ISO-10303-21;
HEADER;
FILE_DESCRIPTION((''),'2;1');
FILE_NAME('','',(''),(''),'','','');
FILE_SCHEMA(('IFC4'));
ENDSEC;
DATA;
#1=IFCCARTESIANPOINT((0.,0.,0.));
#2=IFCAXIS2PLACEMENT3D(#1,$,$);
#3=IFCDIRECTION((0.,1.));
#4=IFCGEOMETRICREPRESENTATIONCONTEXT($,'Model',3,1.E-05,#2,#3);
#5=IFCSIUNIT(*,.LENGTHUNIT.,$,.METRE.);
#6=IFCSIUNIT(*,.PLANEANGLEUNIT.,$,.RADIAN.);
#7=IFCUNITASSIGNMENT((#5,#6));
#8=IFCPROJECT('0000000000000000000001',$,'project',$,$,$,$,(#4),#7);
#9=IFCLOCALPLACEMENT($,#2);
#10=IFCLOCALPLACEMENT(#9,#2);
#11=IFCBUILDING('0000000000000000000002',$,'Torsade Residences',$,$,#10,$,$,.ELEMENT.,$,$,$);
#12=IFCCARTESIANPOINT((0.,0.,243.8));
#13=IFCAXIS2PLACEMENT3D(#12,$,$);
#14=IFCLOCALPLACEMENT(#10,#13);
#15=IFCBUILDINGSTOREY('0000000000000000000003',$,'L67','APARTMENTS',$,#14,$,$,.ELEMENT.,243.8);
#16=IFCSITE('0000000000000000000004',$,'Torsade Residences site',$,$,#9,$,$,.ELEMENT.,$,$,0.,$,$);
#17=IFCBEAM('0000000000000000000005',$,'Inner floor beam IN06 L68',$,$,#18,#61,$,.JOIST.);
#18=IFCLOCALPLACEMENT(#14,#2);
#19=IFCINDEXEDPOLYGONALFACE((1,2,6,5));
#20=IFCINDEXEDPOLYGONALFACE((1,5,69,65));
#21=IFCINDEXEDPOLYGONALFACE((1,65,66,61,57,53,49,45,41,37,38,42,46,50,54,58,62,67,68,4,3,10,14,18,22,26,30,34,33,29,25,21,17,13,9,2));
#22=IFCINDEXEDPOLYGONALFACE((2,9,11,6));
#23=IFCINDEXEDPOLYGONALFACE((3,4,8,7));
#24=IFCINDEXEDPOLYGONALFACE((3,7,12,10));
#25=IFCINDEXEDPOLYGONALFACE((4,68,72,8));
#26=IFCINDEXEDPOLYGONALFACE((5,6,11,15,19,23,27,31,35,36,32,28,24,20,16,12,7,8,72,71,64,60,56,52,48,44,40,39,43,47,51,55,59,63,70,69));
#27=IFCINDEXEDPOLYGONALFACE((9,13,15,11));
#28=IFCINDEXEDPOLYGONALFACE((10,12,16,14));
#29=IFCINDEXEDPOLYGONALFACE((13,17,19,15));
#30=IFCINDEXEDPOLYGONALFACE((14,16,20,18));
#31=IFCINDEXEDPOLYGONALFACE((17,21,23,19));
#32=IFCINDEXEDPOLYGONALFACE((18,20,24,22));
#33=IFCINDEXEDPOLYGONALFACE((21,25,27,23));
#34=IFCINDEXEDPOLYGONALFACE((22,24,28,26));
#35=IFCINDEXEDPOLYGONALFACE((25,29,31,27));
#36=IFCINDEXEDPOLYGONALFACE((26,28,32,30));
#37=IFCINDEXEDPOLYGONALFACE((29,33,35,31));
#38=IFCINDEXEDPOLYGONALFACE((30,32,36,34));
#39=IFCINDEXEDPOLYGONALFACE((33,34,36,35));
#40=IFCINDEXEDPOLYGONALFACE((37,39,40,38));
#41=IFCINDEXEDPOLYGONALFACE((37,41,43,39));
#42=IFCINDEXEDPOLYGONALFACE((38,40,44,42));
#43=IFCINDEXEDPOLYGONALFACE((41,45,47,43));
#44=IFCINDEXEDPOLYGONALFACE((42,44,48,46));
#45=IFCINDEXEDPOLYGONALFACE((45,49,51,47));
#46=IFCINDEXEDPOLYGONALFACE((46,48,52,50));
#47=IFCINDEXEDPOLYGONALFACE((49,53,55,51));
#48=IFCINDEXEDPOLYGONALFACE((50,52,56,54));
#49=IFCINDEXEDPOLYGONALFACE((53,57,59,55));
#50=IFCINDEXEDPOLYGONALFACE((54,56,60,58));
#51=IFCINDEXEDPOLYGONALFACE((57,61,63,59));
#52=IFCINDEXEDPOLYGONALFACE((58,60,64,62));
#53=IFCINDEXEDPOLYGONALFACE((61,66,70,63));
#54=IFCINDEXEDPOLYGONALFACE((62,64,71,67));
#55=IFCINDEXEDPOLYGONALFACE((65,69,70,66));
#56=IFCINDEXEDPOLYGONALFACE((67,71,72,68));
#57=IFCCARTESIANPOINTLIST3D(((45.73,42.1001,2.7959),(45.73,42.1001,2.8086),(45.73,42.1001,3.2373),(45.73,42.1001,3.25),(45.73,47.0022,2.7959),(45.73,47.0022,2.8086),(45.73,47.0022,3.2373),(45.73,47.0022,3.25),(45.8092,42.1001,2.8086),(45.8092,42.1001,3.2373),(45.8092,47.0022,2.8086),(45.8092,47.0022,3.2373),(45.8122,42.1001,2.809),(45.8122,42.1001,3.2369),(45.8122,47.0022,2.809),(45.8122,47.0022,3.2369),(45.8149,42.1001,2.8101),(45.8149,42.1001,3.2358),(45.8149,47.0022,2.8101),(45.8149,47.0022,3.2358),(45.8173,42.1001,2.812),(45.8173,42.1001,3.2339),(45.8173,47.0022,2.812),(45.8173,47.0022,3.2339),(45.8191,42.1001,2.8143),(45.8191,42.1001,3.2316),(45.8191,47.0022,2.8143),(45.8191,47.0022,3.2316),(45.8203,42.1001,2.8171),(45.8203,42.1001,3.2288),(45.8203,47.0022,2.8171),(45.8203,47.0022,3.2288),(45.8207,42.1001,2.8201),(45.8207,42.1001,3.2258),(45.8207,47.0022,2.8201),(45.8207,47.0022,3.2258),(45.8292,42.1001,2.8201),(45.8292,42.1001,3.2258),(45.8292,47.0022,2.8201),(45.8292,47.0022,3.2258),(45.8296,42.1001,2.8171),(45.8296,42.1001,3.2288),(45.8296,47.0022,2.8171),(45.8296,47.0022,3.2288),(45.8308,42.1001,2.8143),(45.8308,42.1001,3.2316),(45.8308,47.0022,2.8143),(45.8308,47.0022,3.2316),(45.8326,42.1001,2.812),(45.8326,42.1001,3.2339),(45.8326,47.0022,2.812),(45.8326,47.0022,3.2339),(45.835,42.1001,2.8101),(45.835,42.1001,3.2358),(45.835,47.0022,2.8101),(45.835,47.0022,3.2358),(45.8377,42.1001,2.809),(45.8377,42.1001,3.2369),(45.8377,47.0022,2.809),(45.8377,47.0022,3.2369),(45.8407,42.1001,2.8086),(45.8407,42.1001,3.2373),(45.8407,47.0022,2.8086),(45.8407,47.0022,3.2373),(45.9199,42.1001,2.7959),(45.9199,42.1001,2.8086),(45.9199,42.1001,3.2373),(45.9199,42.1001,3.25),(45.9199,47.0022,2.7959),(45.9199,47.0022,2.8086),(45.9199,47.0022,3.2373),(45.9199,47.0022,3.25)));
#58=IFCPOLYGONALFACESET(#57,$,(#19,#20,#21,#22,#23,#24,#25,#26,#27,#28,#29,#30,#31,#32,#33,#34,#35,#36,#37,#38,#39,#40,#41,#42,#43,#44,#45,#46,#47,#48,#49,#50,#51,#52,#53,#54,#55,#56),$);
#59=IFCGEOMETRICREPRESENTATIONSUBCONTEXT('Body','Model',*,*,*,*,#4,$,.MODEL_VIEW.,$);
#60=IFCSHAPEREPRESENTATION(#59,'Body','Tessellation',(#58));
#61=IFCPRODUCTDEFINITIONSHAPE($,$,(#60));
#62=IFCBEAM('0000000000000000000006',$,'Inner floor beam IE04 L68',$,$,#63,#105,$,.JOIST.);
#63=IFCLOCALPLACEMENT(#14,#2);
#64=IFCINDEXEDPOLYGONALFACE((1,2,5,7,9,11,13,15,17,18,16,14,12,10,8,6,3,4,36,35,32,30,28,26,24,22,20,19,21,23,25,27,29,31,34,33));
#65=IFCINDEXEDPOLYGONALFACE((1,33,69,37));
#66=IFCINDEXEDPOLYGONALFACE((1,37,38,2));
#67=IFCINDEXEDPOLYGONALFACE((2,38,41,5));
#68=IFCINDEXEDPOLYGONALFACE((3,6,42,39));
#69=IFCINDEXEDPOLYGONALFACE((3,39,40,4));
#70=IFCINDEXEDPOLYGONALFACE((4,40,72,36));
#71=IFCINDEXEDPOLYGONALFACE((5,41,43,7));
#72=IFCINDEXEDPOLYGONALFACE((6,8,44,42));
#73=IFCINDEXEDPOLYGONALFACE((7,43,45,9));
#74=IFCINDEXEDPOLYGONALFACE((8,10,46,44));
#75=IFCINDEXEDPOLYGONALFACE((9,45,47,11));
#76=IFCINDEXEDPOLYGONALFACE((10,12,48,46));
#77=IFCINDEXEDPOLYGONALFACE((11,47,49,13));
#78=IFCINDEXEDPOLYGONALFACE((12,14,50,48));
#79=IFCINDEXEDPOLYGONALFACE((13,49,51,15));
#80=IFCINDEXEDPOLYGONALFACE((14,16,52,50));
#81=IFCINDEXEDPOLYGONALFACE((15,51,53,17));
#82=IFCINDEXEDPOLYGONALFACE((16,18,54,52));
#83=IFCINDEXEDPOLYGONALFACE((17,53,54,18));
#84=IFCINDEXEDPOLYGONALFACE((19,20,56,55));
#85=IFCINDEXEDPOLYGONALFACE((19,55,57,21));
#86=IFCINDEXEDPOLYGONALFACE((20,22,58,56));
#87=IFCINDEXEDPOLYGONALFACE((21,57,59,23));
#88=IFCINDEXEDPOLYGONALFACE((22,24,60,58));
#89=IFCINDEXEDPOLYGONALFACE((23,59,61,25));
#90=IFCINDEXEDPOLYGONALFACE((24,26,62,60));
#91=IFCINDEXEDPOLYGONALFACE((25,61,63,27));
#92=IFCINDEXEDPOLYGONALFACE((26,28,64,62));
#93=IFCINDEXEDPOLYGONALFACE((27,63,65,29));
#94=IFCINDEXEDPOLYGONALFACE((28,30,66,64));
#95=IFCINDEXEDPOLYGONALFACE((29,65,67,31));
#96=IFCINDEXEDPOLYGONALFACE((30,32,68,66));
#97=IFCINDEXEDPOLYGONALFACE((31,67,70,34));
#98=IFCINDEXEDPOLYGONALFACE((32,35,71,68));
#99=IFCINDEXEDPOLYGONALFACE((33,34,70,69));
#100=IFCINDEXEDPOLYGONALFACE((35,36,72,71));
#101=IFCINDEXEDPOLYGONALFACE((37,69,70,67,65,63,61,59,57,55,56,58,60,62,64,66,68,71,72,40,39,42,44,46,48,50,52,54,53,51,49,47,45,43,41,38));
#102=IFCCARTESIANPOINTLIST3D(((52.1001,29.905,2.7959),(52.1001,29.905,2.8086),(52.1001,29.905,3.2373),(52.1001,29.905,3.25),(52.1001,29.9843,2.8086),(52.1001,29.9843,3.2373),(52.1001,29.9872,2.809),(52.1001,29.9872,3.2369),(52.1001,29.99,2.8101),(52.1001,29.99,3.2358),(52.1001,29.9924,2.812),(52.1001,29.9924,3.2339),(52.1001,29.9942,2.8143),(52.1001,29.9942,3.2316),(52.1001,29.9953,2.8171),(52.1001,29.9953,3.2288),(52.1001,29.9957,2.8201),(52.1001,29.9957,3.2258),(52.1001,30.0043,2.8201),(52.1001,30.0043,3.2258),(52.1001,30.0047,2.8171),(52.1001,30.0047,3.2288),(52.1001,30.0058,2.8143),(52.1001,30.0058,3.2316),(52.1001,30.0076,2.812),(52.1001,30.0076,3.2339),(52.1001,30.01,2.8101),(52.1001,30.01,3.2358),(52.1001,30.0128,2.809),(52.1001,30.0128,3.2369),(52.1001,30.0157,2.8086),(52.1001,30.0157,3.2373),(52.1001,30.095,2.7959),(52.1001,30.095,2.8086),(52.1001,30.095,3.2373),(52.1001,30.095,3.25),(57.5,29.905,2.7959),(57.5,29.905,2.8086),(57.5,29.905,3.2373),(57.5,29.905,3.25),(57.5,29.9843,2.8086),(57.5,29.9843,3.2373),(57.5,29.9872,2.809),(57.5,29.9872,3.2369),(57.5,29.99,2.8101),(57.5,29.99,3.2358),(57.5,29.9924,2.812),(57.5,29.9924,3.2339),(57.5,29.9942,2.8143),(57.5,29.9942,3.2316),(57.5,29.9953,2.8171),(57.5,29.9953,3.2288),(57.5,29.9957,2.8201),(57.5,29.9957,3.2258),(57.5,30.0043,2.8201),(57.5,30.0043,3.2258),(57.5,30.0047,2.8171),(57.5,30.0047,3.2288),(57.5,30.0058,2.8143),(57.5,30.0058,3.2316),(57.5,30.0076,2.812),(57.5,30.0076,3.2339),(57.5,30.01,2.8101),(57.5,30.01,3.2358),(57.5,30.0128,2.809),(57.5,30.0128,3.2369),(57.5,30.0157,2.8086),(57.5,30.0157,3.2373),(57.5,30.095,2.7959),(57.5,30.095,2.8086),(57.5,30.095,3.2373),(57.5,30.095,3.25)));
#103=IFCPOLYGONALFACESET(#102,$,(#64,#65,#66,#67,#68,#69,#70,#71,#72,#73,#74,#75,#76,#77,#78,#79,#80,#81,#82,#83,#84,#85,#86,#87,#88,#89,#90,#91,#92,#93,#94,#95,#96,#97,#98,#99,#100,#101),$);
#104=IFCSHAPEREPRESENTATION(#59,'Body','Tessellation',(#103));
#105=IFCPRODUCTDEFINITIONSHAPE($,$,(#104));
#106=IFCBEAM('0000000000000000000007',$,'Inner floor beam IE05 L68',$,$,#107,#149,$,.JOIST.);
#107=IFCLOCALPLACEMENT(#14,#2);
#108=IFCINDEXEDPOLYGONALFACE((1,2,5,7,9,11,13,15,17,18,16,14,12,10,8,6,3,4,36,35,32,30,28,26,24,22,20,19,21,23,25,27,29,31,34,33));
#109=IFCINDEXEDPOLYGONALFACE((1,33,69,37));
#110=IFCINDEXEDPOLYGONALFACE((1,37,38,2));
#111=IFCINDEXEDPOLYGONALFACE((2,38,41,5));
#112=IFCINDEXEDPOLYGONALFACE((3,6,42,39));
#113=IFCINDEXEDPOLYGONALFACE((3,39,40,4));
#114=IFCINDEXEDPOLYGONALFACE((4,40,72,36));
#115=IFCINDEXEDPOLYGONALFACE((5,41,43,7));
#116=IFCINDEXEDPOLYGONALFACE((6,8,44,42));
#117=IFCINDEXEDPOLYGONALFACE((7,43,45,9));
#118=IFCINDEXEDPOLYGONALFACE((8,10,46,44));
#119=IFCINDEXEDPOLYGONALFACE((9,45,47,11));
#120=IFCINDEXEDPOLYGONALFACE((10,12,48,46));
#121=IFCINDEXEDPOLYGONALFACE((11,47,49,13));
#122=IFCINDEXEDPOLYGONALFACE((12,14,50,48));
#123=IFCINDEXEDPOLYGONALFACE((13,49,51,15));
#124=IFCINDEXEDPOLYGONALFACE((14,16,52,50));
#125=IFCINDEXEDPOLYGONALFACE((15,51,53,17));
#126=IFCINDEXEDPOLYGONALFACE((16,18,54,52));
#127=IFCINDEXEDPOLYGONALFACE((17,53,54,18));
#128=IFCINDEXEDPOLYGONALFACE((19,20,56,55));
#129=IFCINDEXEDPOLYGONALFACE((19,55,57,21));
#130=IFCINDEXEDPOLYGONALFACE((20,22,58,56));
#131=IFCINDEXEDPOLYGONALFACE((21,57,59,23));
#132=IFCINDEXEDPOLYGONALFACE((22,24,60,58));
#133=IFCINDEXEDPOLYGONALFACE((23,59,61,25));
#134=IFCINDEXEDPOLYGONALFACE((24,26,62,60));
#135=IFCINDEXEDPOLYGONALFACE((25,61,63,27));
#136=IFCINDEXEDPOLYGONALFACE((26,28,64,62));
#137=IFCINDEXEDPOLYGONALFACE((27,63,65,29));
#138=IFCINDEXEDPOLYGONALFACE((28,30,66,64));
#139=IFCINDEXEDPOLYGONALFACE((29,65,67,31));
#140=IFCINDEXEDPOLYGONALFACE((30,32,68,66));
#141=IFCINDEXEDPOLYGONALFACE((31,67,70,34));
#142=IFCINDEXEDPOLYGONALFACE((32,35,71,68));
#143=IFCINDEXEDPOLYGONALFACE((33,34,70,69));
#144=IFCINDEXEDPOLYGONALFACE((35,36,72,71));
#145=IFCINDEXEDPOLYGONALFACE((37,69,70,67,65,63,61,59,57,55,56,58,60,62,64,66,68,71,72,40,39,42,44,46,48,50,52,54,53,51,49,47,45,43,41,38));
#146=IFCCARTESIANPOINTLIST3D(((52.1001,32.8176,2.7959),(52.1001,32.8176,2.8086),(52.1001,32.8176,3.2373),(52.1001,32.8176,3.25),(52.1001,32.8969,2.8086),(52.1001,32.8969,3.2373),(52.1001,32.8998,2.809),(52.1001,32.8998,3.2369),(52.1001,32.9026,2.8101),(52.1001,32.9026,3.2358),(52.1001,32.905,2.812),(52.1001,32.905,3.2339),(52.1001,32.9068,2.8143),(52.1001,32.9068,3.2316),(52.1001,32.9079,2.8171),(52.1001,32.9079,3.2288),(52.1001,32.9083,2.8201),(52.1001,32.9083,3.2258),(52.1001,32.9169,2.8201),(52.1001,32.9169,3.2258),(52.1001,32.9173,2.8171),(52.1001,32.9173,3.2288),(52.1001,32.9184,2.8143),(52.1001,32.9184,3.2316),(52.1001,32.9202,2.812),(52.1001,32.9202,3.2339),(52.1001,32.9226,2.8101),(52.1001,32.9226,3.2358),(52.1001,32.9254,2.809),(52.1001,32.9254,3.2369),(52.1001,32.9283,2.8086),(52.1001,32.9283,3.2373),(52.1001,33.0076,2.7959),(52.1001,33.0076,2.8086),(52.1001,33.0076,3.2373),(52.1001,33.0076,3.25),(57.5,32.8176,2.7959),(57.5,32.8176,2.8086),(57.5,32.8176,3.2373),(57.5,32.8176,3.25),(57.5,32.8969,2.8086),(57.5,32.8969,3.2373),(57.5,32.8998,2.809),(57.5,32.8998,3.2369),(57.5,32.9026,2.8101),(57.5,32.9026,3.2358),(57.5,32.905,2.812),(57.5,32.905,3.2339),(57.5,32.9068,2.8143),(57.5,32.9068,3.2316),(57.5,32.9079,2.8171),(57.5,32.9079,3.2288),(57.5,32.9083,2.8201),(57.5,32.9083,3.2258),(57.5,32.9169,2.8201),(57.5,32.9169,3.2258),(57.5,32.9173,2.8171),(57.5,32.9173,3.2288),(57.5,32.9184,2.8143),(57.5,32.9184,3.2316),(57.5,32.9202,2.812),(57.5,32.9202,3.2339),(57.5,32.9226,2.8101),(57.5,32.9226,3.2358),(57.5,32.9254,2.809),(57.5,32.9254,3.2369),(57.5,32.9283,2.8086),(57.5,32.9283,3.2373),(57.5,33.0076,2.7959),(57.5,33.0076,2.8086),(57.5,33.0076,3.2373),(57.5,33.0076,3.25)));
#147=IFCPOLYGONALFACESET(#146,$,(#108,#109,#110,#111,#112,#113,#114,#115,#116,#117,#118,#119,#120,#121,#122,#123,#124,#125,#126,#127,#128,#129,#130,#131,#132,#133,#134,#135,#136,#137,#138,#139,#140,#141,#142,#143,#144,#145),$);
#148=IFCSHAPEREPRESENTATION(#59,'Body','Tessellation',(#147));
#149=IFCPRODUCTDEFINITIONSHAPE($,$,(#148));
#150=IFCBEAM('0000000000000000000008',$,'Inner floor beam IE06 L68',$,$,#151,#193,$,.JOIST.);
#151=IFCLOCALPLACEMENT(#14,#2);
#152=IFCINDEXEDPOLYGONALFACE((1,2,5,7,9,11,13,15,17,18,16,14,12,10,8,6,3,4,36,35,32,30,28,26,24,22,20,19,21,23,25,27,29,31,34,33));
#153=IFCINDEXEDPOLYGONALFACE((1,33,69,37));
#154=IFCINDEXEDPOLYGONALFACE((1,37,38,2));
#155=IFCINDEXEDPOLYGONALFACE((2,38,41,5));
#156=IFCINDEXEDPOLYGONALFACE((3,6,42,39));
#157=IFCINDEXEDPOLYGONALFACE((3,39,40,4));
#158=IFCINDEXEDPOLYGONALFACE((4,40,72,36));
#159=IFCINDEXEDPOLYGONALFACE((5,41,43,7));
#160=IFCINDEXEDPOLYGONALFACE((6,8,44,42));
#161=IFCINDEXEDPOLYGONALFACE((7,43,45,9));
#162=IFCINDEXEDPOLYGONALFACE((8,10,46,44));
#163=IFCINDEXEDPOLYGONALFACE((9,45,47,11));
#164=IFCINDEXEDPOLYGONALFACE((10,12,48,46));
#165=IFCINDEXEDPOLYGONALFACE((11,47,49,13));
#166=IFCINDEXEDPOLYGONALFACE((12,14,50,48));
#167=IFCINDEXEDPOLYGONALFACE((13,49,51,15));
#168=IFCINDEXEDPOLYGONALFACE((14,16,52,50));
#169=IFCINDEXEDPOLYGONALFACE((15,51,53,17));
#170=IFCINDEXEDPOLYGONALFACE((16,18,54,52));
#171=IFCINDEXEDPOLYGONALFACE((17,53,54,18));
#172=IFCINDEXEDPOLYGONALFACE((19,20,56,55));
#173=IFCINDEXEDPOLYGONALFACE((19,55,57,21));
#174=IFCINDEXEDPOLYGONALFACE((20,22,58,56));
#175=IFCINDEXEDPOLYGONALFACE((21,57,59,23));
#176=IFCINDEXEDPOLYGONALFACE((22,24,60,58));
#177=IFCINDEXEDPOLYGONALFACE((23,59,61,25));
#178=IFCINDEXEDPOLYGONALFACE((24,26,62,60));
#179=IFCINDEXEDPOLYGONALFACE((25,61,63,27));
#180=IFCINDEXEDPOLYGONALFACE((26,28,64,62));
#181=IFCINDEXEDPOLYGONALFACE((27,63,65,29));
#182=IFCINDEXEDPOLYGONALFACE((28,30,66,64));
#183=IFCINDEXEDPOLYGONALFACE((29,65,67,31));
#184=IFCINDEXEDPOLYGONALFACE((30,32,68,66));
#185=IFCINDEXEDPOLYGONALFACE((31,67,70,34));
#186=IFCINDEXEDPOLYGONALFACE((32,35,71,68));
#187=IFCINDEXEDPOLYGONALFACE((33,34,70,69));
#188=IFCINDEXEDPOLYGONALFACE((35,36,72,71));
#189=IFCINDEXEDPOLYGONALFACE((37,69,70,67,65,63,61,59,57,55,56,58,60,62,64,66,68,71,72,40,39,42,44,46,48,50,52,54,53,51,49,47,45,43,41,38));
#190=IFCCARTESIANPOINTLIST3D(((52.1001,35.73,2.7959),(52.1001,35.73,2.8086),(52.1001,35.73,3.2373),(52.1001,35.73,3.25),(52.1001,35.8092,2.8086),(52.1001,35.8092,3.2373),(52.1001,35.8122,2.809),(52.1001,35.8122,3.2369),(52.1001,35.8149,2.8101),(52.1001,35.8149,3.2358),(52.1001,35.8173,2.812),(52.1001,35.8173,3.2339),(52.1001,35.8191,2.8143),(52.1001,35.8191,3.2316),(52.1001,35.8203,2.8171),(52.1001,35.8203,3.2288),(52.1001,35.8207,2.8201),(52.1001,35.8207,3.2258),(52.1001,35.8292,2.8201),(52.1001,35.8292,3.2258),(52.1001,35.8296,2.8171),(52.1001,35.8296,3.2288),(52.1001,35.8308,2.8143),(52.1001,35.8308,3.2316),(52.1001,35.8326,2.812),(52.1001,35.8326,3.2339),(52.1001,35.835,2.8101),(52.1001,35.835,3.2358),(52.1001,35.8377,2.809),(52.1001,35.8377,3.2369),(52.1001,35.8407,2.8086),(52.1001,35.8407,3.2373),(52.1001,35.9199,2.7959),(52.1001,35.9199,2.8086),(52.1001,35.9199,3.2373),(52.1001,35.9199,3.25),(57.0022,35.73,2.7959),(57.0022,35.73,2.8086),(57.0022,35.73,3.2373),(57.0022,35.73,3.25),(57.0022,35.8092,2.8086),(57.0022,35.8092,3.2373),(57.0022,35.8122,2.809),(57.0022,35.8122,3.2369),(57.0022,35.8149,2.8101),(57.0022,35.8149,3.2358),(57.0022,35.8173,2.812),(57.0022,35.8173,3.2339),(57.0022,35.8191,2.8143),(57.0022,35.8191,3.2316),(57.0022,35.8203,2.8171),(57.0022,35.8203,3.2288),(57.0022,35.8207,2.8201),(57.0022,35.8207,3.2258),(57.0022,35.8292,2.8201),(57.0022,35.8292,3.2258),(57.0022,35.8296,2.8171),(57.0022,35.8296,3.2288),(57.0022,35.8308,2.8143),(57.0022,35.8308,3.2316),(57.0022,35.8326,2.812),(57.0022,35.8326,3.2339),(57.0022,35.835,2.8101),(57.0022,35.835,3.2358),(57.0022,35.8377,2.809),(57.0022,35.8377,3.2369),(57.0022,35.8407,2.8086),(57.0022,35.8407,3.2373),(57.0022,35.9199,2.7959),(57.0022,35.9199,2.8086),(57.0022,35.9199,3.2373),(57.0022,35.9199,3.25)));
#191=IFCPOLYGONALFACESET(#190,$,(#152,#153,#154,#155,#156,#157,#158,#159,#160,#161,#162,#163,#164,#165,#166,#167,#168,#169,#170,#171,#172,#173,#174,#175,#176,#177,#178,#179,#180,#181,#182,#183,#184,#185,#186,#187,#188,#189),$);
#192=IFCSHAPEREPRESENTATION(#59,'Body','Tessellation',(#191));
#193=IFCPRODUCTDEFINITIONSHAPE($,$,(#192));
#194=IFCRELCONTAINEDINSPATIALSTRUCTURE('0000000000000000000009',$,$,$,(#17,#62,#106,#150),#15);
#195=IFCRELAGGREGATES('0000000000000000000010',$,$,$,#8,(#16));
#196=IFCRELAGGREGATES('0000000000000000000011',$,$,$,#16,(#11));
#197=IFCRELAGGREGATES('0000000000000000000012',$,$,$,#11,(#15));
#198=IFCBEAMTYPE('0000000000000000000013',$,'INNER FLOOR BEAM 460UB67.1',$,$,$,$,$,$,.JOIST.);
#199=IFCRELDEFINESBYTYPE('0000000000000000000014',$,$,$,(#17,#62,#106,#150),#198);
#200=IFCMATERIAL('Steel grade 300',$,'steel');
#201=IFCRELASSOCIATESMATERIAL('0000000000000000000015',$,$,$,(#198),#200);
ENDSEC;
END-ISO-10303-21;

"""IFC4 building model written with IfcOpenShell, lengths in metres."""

from ifc_helpers import new_model, si_unit, direction, frame, origin, origin_2d, place, context, subcontext, project, spatial, i_section, extrude, material, material_profile, profile_set, type_object, element, save


model = new_model("IFC4")

# Units and contexts
model_context = context("Model", 3, precision=1e-05, world=origin(), true_north=direction((0.0, 1.0)))
body_context = subcontext(model_context, "Body", "Model", "MODEL_VIEW")
ifc_project = project(units=[si_unit("LENGTHUNIT", "METRE"), si_unit("PLANEANGLEUNIT", "RADIAN")], contexts=[model_context])

# Site, building, storey
site_placement = place(None, origin())
site = spatial("IfcSite", under=ifc_project, at=site_placement, Name="Torsade Residences site", CompositionType="ELEMENT", RefElevation=0.0)
building_placement = place(site_placement, origin())
building = spatial("IfcBuilding", under=site, at=building_placement, Name="Torsade Residences", CompositionType="ELEMENT")
storey_placement = place(building_placement, frame((0.0, 0.0, 243.8)))
storey = spatial("IfcBuildingStorey", under=building, at=storey_placement, Name="L67", Description="APARTMENTS", CompositionType="ELEMENT", Elevation=243.8)

# Beams
ifc_material_1 = material(Name="Steel grade 300", Category="steel")
ifc_material_profile_1 = material_profile(ifc_material_1, i_section(OverallWidth=0.1899, OverallDepth=0.4541, WebThickness=0.0085, FlangeThickness=0.0127, FilletRadius=0.0115, at=origin_2d()), Name="460UB67.1")
ifc_profile_set_1 = profile_set([ifc_material_profile_1], Name="Steel grade 300")
beam_type_1 = type_object("IfcBeamType", Name="INNER FLOOR BEAM 460UB67.1", PredefinedType="JOIST", material=ifc_profile_set_1)
beam_1_placement = place(storey_placement, frame((45.825, 42.1001, 3.0229), z_axis=(0.0, 1.0, 0.0), x_axis=(-1.0, 0.0, 0.0)))
element("IfcBeam", 1, at=beam_1_placement, inside=storey, type_object=beam_type_1, Name="Inner floor beam IN06 L68", PredefinedType="JOIST", context=body_context, shape_type="SweptSolid", body=[
    extrude(i_section(OverallWidth=0.1899, OverallDepth=0.4541, WebThickness=0.0085, FlangeThickness=0.0127, FilletRadius=0.0115, at=origin_2d()), origin(), (0.0, 0.0, 1.0), 4.9021),
])
for number, where, z_axis, x_axis, name in (
    (2, (52.1001, 30.0, 3.0229), (1.0, 0.0, 0.0), (0.0, 1.0, 0.0), "Inner floor beam IE04 L68"),
    (3, (52.1001, 32.9126, 3.0229), (1.0, 0.0, 0.0), (0.0, 1.0, 0.0), "Inner floor beam IE05 L68"),
):
    element("IfcBeam", number, at=place(storey_placement, frame(where, z_axis=z_axis, x_axis=x_axis)), inside=storey, type_object=beam_type_1, Name=name, PredefinedType="JOIST", context=body_context, shape_type="SweptSolid", body=[
        extrude(i_section(OverallWidth=0.1899, OverallDepth=0.4541, WebThickness=0.0085, FlangeThickness=0.0127, FilletRadius=0.0115, at=origin_2d()), origin(), (0.0, 0.0, 1.0), 5.3999),
    ])
beam_2_placement = place(storey_placement, frame((52.1001, 35.825, 3.0229), z_axis=(1.0, 0.0, 0.0), x_axis=(0.0, 1.0, 0.0)))
element("IfcBeam", 4, at=beam_2_placement, inside=storey, type_object=beam_type_1, Name="Inner floor beam IE06 L68", PredefinedType="JOIST", context=body_context, shape_type="SweptSolid", body=[
    extrude(i_section(OverallWidth=0.1899, OverallDepth=0.4541, WebThickness=0.0085, FlangeThickness=0.0127, FilletRadius=0.0115, at=origin_2d()), origin(), (0.0, 0.0, 1.0), 4.9021),
])

save(model, "model.ifc")
